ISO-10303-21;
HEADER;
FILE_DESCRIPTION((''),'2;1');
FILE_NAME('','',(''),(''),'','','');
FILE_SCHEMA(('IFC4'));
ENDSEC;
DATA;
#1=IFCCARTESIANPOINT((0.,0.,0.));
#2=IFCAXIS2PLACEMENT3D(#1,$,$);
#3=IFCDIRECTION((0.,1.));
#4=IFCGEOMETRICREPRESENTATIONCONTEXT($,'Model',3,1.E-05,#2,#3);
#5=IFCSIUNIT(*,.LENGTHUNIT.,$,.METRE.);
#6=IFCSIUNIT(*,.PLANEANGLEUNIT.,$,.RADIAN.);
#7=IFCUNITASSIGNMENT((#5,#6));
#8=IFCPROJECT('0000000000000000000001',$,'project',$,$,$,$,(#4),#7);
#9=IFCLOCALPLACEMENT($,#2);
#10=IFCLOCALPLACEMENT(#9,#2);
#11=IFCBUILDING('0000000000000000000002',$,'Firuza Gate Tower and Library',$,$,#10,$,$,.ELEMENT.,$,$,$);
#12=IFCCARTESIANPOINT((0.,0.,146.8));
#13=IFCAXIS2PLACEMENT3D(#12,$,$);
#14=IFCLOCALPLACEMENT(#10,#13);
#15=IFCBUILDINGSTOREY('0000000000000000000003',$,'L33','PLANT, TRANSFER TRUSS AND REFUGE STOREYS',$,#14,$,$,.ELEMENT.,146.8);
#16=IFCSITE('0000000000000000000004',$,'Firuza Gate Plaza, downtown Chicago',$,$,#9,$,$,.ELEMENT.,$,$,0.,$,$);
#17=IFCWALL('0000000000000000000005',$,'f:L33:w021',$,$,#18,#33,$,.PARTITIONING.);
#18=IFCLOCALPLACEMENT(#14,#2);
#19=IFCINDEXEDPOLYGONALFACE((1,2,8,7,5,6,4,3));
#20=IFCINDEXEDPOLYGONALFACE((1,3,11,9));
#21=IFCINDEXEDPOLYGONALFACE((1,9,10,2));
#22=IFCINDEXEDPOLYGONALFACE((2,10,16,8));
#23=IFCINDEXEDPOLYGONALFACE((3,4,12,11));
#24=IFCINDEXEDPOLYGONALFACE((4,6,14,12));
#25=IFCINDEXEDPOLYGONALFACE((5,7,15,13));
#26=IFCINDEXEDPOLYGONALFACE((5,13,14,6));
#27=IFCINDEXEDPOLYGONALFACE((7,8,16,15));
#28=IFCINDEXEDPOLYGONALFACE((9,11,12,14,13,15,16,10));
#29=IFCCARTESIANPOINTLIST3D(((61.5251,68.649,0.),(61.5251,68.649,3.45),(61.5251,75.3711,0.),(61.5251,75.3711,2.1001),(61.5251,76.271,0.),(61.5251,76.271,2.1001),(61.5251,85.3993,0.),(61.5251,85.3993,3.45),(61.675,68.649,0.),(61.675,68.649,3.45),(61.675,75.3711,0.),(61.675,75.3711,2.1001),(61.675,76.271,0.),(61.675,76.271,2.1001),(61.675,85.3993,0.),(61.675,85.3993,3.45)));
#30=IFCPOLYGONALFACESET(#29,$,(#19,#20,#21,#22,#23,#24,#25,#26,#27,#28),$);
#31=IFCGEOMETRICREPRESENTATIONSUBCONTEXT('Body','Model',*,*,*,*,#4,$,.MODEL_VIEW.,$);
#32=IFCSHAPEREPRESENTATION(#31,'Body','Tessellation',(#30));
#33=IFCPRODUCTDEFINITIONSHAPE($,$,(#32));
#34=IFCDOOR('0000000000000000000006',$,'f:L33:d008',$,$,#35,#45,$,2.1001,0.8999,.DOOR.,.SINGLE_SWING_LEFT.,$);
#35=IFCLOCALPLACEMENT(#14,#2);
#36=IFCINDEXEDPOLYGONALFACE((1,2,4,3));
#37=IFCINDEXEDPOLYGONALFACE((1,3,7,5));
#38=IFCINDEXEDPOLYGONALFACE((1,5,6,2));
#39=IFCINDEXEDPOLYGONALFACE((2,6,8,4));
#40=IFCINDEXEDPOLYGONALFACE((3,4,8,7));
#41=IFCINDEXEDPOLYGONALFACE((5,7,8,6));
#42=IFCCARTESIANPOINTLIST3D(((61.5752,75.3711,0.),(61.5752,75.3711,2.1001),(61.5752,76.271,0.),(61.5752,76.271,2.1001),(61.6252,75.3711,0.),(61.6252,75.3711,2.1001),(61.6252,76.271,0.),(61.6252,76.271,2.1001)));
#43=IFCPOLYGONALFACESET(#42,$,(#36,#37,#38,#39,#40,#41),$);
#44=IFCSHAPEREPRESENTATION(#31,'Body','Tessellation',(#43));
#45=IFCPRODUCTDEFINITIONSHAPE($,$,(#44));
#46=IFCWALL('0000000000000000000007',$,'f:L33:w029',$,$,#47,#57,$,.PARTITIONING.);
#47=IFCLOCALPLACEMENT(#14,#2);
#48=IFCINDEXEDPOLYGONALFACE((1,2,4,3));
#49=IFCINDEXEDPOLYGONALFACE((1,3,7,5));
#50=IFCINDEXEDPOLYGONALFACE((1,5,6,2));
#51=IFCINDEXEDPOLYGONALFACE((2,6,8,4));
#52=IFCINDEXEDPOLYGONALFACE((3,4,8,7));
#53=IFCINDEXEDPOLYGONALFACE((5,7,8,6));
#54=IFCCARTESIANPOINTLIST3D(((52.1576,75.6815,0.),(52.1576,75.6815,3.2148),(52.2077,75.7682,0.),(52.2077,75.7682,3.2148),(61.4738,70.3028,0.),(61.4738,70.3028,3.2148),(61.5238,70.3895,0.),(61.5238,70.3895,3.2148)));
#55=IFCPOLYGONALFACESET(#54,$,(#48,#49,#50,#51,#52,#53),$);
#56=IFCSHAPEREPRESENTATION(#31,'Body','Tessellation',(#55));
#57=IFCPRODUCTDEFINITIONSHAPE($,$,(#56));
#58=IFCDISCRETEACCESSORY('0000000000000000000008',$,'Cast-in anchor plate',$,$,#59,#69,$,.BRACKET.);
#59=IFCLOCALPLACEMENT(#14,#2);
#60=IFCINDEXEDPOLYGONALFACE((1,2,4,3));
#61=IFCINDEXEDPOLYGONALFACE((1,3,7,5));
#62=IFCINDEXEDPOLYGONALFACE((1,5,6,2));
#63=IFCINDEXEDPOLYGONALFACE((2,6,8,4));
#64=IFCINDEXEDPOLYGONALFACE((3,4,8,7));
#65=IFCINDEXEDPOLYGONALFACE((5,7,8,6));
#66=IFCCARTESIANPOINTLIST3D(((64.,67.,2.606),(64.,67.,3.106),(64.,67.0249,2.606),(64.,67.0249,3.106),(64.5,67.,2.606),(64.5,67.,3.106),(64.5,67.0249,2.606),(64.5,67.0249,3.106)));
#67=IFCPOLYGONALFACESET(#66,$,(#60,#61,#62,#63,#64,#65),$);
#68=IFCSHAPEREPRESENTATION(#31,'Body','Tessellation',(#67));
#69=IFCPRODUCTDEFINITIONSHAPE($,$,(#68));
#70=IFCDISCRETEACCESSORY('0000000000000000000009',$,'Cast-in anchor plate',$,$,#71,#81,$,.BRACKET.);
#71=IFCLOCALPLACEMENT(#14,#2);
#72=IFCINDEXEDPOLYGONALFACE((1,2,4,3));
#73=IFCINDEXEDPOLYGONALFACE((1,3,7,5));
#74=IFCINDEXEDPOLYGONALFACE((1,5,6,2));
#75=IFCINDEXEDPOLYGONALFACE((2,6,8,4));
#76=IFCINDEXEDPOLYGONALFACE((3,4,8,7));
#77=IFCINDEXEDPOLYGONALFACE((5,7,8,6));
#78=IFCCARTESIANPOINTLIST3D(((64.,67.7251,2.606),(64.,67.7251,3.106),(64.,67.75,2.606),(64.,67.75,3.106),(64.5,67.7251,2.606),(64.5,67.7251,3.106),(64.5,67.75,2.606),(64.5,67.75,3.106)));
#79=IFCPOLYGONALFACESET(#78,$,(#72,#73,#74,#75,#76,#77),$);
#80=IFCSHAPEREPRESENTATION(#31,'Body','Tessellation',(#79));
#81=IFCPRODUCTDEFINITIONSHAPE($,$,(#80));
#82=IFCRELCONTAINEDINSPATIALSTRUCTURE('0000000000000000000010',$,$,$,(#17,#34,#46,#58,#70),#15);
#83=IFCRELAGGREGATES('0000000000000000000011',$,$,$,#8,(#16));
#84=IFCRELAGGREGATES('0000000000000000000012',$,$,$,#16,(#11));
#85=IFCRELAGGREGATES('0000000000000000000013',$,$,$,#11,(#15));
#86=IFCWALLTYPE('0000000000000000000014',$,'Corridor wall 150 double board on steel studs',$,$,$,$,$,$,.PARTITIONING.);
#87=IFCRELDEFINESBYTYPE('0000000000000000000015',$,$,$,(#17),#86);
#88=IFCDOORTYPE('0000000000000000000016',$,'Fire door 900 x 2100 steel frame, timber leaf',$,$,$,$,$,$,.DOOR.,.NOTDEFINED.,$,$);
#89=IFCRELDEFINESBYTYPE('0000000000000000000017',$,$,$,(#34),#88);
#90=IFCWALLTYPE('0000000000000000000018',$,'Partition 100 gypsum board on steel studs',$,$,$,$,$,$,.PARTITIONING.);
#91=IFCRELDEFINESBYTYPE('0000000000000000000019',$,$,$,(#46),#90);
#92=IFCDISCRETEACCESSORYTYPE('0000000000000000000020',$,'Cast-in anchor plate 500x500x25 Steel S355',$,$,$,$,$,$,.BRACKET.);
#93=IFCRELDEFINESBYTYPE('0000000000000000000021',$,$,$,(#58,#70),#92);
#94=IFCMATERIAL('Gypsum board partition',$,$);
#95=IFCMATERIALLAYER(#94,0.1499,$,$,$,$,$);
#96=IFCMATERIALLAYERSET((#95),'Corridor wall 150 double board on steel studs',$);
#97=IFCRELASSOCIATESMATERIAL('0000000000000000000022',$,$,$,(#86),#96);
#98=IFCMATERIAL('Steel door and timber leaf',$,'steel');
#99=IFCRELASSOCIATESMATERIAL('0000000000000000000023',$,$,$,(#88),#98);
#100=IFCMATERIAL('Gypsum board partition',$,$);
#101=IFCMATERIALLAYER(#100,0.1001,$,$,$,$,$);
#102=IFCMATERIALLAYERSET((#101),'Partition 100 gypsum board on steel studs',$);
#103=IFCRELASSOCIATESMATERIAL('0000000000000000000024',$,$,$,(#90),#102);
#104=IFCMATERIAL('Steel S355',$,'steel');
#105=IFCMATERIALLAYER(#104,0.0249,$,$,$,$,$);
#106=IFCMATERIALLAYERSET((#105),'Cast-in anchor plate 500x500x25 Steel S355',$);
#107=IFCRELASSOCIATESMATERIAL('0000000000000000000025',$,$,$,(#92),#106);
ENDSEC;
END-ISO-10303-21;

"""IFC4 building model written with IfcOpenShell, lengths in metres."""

from ifc_helpers import new_model, si_unit, direction, frame, frame_2d, origin, origin_2d, place, context, subcontext, project, spatial, rectangle, extrude, material, layer, layer_set, type_object, element, fill, save


model = new_model("IFC4")

# Units and contexts
model_context = context("Model", 3, precision=1e-05, world=origin(), true_north=direction((0.0, 1.0)))
body_context = subcontext(model_context, "Body", "Model", "MODEL_VIEW")
ifc_project = project(units=[si_unit("LENGTHUNIT", "METRE"), si_unit("PLANEANGLEUNIT", "RADIAN")], contexts=[model_context])

# Site, building, storey
site_placement = place(None, origin())
site = spatial("IfcSite", under=ifc_project, at=site_placement, Name="Firuza Gate Plaza, downtown Chicago", CompositionType="ELEMENT", RefElevation=0.0)
building_placement = place(site_placement, origin())
building = spatial("IfcBuilding", under=site, at=building_placement, Name="Firuza Gate Tower and Library", CompositionType="ELEMENT")
storey_placement = place(building_placement, frame((0.0, 0.0, 146.8)))
storey = spatial("IfcBuildingStorey", under=building, at=storey_placement, Name="L33", Description="PLANT, TRANSFER TRUSS AND REFUGE STOREYS", CompositionType="ELEMENT", Elevation=146.8)

# Shared definitions
ifc_material_1 = material(Name="Gypsum board partition")
ifc_layer_1 = layer(ifc_material_1, 0.1499)
ifc_layer_set_1 = layer_set([ifc_layer_1], Name="Corridor wall 150 double board on steel studs")
wall_type_1 = type_object("IfcWallType", Name="Corridor wall 150 double board on steel studs", PredefinedType="PARTITIONING", material=ifc_layer_set_1)
ifc_material_2 = material(Name="Steel door and timber leaf", Category="steel")
door_type_1 = type_object("IfcDoorType", Name="Fire door 900 x 2100 steel frame, timber leaf", OperationType="NOTDEFINED", PredefinedType="DOOR", material=ifc_material_2)

# Wall, opening, door
wall_1_placement = place(storey_placement, frame((61.6001, 68.6492, 0.0), z_axis=(0.0, 0.0, 1.0), x_axis=(0.0, 1.0, 0.0)))
wall_1 = element("IfcWall", 1, at=wall_1_placement, inside=storey, type_object=wall_type_1, Name="f:L33:w021", PredefinedType="PARTITIONING", context=body_context, shape_type="SweptSolid", body=[
    extrude(rectangle(XDim=16.7502, YDim=0.1499, at=frame_2d((8.375, 0.0))), origin(), (0.0, 0.0, 1.0), 3.45),
])
opening_1_placement = place(wall_1_placement, frame((6.7219, 0.0, 0.0)))
opening_1 = element("IfcOpeningElement", 2, at=opening_1_placement, cuts=wall_1, PredefinedType="OPENING", context=body_context, shape_type="SweptSolid", body=[
    extrude(rectangle(XDim=0.8999, YDim=2.1001, at=frame_2d((0.45, 1.05))), frame((0.0, 0.085, 0.0), z_axis=(0.0, -1.0, 0.0), x_axis=(1.0, 0.0, 0.0)), (0.0, 0.0, 1.0), 0.1699),
])
door_1_placement = place(opening_1_placement, origin())
door_1 = element("IfcDoor", 3, at=door_1_placement, inside=storey, type_object=door_type_1, Name="f:L33:d008", OperationType="SINGLE_SWING_LEFT", OverallHeight=2.1001, OverallWidth=0.8999, PredefinedType="DOOR", context=body_context, shape_type="SweptSolid", body=[
    extrude(rectangle(XDim=0.8999, YDim=2.1001, at=frame_2d((0.45, 1.05))), frame((0.0, 0.0249, 0.0), z_axis=(0.0, -1.0, 0.0), x_axis=(1.0, 0.0, 0.0)), (0.0, 0.0, 1.0), 0.05),
])
fill(opening_1, door_1)

# Wall
ifc_material_3 = material(Name="Gypsum board partition")
ifc_layer_2 = layer(ifc_material_3, 0.1001)
ifc_layer_set_2 = layer_set([ifc_layer_2], Name="Partition 100 gypsum board on steel studs")
wall_type_2 = type_object("IfcWallType", Name="Partition 100 gypsum board on steel studs", PredefinedType="PARTITIONING", material=ifc_layer_set_2)
wall_2_placement = place(storey_placement, frame((61.4988, 70.3462, 0.0), z_axis=(0.0, 0.0, 1.0), x_axis=(-0.866026, 0.499998, 0.0)))
element("IfcWall", 4, at=wall_2_placement, inside=storey, type_object=wall_type_2, Name="f:L33:w029", PredefinedType="PARTITIONING", context=body_context, shape_type="SweptSolid", body=[
    extrude(rectangle(XDim=10.7573, YDim=0.1001, at=frame_2d((5.3787, 0.0))), origin(), (0.0, 0.0, 1.0), 3.2148),
])

# Discrete accessories
ifc_material_4 = material(Name="Steel S355", Category="steel")
ifc_layer_3 = layer(ifc_material_4, 0.0249)
ifc_layer_set_3 = layer_set([ifc_layer_3], Name="Cast-in anchor plate 500x500x25 Steel S355")
discrete_accessory_type = type_object("IfcDiscreteAccessoryType", Name="Cast-in anchor plate 500x500x25 Steel S355", PredefinedType="BRACKET", material=ifc_layer_set_3)
for number, where, z_axis, x_axis, name in (
    (5, (64.25, 67.0125, 2.606), (0.0, 0.0, 1.0), (1.0, 0.0, 0.0), "Cast-in anchor plate"),
    (6, (64.25, 67.7375, 2.606), (0.0, 0.0, 1.0), (1.0, 0.0, 0.0), "Cast-in anchor plate"),
):
    element("IfcDiscreteAccessory", number, at=place(storey_placement, frame(where, z_axis=z_axis, x_axis=x_axis)), inside=storey, type_object=discrete_accessory_type, Name=name, PredefinedType="BRACKET", context=body_context, shape_type="SweptSolid", body=[
        extrude(rectangle(XDim=0.5, YDim=0.0249, at=origin_2d()), origin(), (0.0, 0.0, 1.0), 0.5),
    ])

save(model, "model.ifc")
